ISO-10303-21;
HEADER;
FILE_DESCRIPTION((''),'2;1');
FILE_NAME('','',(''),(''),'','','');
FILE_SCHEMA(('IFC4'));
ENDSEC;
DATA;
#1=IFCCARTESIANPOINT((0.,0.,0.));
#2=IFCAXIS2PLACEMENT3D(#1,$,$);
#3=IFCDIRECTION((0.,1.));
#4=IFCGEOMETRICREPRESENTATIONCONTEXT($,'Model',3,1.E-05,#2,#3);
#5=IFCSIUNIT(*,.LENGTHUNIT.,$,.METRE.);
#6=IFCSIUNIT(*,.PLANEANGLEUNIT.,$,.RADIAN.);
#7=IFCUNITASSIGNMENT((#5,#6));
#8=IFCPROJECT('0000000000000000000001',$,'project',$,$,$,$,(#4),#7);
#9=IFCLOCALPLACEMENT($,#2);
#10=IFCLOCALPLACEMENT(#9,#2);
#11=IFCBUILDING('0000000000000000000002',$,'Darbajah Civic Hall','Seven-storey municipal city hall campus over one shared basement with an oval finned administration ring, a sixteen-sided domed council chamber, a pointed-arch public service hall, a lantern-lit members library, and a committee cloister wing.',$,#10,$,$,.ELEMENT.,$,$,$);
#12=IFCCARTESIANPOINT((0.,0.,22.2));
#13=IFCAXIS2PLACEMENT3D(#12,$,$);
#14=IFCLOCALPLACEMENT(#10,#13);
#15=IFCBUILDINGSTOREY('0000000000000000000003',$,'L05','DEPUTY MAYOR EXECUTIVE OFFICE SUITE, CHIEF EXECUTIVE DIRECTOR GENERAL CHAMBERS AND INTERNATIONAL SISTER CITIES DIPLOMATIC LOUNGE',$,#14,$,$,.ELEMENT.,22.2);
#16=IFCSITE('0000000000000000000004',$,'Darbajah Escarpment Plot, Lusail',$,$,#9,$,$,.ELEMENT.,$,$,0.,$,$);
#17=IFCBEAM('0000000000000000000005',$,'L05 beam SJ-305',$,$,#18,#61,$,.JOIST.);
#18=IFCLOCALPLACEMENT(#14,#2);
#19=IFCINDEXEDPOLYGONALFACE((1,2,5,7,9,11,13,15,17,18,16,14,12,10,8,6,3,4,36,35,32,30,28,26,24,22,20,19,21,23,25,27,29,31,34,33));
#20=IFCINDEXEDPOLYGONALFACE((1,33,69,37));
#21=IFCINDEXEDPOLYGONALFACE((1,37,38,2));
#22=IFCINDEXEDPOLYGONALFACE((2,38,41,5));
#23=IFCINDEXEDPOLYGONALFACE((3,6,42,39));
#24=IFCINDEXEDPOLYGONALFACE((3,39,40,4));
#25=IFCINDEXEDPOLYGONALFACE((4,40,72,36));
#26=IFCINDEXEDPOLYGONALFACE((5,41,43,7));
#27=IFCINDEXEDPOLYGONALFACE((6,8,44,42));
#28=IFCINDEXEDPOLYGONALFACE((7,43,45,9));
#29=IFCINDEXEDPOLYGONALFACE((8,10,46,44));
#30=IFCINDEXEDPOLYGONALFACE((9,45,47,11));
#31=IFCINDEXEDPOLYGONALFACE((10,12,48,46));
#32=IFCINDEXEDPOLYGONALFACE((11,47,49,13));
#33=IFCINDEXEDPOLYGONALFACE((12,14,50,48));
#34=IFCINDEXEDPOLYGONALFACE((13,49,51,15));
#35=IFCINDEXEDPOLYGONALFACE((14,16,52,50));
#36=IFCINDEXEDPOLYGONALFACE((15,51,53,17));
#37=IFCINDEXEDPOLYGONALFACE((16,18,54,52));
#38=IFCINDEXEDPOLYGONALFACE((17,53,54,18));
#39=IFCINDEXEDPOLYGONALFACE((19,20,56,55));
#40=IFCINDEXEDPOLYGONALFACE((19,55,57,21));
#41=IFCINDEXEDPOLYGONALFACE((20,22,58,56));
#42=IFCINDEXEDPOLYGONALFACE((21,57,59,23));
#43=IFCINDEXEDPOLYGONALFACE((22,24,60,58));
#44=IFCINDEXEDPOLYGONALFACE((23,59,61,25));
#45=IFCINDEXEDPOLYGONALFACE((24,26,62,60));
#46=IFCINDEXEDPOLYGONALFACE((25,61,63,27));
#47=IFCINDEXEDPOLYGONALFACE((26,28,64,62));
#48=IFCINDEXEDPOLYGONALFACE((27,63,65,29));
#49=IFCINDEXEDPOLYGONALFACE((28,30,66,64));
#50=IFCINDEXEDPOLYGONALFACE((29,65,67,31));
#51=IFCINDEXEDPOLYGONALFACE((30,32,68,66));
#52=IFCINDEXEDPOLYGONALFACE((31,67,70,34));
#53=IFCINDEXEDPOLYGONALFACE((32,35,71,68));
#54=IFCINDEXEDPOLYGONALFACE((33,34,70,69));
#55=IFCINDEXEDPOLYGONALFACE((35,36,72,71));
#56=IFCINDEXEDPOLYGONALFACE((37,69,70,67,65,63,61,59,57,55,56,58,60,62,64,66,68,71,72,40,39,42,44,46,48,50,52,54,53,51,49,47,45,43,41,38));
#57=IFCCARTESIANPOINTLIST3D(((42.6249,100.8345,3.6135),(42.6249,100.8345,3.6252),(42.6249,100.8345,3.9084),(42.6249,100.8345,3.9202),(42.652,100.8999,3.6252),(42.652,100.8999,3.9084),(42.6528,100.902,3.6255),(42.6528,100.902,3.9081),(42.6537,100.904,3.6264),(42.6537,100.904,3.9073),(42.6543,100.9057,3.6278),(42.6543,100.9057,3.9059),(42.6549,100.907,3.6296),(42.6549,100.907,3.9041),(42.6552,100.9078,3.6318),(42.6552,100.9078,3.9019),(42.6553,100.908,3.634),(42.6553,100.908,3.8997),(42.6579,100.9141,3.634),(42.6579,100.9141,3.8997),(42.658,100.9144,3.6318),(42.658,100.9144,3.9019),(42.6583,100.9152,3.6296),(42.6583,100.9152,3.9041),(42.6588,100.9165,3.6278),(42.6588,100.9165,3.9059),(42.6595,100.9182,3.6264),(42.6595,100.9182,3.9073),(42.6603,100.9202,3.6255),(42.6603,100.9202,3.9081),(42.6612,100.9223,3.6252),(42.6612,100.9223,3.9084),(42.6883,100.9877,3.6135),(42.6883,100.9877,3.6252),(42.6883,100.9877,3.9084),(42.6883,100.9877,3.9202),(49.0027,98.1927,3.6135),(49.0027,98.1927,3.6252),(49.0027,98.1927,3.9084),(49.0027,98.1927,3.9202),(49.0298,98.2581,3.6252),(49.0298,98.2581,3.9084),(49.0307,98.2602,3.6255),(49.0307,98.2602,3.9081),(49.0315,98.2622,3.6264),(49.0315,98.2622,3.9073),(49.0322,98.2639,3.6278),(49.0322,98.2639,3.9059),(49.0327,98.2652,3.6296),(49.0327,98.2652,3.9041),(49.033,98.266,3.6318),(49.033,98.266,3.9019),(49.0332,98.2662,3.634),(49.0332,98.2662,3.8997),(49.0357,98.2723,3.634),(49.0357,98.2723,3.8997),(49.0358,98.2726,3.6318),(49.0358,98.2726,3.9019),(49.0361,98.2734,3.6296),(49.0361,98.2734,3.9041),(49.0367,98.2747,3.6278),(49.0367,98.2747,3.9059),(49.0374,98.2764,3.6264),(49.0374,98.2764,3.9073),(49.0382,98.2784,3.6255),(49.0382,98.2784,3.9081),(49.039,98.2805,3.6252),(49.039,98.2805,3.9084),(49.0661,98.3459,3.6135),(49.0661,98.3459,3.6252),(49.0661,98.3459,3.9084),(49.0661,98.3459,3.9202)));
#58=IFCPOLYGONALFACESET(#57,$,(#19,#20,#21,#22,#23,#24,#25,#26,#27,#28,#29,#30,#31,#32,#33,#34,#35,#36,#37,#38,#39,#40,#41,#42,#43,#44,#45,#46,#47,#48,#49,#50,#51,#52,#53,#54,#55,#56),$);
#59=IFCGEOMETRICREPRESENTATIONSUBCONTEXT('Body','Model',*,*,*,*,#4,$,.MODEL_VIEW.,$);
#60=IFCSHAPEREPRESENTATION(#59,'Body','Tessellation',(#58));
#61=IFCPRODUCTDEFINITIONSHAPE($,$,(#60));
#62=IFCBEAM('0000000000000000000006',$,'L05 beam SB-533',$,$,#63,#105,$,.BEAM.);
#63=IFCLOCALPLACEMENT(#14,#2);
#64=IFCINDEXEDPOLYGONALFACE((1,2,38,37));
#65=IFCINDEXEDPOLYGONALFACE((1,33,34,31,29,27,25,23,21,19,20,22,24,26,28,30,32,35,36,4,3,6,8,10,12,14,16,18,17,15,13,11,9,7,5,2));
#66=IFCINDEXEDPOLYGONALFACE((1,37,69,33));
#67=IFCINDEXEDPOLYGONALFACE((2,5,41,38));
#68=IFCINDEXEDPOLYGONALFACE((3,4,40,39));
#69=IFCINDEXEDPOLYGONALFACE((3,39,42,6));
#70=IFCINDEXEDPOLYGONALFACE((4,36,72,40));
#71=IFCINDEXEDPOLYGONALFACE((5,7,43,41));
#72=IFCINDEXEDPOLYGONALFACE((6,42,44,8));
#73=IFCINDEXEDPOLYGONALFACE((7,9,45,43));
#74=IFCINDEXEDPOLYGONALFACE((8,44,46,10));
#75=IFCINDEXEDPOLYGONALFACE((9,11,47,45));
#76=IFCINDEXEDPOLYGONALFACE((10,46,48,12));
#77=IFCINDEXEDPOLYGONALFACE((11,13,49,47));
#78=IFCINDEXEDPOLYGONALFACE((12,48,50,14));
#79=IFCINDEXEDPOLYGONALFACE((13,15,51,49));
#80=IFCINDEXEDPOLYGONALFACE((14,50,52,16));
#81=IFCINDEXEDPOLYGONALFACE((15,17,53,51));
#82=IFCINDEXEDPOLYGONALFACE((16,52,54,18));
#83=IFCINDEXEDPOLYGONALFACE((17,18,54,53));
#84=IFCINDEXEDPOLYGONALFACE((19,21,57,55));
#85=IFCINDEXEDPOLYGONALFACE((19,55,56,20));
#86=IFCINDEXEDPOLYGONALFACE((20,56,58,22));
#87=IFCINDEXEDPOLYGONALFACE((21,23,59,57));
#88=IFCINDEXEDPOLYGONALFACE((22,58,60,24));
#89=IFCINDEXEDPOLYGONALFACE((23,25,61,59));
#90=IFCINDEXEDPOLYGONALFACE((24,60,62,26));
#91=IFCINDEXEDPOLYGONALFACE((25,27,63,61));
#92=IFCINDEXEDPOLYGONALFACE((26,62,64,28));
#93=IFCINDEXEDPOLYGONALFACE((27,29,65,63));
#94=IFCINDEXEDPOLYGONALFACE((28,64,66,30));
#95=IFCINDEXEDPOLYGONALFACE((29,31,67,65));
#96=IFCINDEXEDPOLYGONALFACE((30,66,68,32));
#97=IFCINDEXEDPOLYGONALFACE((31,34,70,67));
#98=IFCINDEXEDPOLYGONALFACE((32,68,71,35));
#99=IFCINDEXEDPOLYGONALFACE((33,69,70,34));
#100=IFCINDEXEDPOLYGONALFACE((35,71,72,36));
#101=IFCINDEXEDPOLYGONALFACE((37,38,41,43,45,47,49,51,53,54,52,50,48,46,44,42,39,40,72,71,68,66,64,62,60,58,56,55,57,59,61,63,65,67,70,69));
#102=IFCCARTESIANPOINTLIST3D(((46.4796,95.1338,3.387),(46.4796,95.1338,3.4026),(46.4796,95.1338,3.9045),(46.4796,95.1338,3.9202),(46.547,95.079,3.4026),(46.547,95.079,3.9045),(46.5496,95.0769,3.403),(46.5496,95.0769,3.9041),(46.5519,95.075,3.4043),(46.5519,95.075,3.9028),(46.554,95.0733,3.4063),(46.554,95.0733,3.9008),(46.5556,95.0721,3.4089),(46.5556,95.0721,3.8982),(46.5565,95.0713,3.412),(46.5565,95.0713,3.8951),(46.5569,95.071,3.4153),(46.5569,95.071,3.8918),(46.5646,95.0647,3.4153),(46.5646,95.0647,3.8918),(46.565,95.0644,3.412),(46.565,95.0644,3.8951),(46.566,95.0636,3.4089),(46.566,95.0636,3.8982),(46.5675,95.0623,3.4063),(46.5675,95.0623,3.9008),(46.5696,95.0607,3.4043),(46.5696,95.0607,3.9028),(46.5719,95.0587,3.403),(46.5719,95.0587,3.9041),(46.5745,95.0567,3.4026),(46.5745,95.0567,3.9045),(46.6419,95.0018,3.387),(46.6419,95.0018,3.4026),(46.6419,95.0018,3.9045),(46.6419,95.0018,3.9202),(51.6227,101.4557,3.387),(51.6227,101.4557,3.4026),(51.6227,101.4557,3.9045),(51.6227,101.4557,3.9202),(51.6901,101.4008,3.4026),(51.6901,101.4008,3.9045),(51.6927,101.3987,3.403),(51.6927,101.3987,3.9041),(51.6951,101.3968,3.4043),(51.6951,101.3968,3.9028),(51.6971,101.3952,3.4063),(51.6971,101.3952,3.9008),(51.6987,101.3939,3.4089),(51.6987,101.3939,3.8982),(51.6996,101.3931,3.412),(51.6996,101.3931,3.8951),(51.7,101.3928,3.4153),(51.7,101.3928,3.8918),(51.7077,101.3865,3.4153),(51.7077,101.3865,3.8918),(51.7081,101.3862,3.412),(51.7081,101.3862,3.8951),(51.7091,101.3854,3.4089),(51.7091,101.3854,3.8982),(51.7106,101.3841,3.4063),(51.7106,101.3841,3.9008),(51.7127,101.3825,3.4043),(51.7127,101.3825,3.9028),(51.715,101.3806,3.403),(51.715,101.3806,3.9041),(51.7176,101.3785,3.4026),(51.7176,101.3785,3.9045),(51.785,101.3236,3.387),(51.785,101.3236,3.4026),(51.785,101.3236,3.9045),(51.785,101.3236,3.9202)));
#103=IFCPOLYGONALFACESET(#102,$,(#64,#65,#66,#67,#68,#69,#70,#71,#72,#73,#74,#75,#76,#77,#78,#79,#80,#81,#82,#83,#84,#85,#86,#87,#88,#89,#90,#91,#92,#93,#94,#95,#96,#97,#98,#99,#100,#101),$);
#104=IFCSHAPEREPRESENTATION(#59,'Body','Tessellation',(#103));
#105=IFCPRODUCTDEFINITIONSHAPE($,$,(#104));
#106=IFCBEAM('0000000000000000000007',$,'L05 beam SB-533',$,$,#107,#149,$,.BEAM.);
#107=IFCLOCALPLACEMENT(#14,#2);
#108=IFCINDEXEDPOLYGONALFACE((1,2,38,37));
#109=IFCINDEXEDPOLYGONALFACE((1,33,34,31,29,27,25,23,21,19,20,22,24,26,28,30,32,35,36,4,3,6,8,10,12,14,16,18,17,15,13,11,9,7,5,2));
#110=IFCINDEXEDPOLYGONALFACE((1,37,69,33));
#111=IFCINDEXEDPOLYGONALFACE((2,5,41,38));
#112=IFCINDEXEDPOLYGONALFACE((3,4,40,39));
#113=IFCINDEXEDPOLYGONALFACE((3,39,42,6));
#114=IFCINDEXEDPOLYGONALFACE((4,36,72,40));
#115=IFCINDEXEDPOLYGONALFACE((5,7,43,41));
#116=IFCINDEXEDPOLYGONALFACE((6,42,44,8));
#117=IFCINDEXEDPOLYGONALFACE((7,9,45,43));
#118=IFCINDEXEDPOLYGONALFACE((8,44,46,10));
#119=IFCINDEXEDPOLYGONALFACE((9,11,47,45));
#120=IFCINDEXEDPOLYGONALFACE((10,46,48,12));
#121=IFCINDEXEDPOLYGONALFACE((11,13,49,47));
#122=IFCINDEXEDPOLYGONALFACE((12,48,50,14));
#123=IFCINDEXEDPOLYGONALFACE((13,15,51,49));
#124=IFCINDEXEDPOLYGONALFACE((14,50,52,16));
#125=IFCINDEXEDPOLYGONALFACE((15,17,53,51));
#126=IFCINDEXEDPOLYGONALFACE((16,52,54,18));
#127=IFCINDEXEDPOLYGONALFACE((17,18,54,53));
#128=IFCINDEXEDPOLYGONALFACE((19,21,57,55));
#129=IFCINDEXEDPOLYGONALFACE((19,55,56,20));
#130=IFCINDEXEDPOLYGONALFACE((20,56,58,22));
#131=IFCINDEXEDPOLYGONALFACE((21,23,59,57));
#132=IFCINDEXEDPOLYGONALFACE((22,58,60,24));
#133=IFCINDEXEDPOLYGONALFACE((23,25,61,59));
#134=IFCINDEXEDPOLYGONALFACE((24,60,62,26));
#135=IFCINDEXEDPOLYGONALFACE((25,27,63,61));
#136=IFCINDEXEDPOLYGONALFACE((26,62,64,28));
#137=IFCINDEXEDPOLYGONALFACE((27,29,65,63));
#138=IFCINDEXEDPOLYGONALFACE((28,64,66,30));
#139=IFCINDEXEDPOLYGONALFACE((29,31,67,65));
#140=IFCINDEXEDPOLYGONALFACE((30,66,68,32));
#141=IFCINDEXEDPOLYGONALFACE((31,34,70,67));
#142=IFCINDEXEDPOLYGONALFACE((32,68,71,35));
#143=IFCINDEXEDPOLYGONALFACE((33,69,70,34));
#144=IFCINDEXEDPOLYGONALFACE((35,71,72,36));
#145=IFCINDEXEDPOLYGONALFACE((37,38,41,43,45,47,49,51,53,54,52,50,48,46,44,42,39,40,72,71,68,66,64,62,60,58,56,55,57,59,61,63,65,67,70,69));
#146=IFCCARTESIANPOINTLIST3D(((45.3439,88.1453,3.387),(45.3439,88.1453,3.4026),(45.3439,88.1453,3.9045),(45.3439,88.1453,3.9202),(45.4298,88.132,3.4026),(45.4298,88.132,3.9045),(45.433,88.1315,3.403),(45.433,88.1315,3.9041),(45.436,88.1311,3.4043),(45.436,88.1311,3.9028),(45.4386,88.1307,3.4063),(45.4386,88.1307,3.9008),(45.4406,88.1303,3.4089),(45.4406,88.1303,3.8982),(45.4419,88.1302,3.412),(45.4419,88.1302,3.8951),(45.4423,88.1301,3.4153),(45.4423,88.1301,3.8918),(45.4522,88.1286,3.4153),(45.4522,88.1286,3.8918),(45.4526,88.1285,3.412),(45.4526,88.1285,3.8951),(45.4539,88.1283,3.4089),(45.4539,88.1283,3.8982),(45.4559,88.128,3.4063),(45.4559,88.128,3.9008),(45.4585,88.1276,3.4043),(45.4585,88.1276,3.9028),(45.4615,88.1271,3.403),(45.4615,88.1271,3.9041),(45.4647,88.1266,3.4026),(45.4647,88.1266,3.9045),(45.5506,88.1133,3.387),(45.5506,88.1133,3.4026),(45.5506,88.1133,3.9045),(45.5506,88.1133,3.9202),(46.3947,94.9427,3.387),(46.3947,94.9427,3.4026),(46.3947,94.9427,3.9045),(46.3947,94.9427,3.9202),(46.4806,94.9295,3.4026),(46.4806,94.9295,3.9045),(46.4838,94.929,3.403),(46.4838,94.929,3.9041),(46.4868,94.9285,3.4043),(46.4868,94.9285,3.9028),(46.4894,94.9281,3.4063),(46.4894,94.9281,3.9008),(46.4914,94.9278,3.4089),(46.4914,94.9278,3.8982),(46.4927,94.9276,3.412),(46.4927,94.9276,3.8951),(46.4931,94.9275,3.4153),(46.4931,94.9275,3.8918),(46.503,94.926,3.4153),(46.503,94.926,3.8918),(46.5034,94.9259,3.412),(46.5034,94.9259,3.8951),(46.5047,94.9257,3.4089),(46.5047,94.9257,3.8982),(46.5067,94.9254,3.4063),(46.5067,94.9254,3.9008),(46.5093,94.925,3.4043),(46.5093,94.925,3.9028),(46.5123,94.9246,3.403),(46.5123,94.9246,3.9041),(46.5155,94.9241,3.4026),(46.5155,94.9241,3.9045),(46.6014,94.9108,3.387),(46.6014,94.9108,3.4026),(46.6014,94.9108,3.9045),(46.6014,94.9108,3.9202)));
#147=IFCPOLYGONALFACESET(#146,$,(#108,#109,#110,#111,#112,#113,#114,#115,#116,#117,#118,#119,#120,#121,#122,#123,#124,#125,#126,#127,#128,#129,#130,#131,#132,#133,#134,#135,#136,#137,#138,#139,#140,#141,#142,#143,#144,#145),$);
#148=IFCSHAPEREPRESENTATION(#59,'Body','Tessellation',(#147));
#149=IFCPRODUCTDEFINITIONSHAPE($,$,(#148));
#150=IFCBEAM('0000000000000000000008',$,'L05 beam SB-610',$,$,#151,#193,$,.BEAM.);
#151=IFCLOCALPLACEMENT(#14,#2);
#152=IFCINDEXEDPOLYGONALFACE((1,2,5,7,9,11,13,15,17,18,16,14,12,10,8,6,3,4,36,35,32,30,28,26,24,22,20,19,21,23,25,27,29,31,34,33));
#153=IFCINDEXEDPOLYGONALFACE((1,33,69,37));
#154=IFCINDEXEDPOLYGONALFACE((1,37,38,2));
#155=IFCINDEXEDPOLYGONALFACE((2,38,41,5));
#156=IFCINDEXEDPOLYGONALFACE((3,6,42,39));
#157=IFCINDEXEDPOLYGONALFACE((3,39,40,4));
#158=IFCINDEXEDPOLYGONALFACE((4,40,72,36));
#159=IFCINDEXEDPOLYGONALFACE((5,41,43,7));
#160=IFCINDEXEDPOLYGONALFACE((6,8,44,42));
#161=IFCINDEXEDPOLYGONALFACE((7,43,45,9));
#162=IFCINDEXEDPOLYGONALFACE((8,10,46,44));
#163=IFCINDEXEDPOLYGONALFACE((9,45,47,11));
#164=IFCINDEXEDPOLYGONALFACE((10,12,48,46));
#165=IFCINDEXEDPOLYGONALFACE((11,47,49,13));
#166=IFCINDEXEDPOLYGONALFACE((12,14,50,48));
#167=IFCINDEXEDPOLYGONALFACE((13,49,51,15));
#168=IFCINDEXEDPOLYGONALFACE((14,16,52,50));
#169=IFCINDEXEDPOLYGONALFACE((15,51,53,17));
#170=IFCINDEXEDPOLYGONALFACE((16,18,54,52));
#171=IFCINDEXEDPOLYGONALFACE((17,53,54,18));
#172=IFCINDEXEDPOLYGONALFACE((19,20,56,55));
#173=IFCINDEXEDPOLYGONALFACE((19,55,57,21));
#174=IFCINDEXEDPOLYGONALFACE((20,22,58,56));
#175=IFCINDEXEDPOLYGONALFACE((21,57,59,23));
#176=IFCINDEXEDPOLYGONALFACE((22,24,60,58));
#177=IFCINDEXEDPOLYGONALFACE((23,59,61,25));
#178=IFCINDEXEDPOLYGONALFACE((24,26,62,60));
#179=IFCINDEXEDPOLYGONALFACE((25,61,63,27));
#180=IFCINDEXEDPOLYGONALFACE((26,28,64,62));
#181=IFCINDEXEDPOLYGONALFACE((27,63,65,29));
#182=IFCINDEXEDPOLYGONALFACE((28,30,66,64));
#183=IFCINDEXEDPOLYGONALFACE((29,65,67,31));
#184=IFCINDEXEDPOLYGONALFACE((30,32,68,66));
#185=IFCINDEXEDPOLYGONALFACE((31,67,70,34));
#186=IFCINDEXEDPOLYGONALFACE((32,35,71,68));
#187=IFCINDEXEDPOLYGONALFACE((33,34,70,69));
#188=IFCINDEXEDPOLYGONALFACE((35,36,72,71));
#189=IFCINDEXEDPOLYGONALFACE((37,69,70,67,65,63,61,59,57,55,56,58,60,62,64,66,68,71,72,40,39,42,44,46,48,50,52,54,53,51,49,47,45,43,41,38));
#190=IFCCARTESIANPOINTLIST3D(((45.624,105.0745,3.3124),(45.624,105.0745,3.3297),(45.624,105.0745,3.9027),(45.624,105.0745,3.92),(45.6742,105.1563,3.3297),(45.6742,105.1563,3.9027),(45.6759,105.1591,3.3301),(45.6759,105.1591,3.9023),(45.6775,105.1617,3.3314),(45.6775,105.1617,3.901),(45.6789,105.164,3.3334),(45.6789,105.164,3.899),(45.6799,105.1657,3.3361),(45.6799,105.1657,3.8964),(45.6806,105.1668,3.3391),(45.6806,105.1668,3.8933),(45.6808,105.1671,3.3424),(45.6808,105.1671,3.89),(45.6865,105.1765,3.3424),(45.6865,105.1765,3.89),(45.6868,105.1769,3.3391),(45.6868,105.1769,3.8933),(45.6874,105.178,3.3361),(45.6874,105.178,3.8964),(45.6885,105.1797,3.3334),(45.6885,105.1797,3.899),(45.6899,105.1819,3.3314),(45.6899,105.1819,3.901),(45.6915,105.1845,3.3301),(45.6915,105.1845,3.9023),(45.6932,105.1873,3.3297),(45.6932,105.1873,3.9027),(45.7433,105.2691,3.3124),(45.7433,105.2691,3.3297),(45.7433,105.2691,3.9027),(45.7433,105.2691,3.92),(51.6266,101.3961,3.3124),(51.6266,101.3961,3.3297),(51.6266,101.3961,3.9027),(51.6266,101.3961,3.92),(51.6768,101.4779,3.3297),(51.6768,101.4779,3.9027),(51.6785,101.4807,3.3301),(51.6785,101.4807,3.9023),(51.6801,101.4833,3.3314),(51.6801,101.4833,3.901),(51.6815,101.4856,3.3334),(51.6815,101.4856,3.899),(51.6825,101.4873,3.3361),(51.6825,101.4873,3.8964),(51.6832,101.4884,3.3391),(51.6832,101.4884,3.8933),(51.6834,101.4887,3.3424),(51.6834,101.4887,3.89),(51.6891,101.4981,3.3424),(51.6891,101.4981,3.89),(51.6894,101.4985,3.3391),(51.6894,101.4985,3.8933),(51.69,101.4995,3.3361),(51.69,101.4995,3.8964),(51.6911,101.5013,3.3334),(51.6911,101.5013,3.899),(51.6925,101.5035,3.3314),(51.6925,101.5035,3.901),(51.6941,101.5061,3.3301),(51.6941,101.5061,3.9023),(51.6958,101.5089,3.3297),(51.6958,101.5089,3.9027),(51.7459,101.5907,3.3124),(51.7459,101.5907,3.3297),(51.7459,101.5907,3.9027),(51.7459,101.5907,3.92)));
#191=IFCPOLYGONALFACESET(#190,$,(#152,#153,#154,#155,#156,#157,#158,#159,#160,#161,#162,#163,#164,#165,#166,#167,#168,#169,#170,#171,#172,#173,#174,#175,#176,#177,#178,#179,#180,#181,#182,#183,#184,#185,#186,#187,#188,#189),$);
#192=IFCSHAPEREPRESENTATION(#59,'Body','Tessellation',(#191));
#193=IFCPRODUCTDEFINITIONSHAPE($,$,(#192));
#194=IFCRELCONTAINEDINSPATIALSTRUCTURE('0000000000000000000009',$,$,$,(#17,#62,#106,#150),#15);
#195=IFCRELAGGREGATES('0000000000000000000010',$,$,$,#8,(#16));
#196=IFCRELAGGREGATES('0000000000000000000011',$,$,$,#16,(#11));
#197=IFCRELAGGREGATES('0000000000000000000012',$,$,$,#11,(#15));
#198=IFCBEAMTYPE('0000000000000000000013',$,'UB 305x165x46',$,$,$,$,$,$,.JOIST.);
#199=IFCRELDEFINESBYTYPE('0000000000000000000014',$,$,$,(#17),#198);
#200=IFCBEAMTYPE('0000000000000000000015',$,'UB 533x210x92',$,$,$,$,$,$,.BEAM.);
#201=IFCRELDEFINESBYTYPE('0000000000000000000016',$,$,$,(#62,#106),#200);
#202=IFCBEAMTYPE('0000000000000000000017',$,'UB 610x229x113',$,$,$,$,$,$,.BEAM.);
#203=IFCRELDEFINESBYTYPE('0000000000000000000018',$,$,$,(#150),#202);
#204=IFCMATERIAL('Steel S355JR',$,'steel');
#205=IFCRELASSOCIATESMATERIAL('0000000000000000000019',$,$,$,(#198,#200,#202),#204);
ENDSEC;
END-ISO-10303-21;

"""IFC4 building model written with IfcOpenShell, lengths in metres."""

from ifc_helpers import new_model, si_unit, direction, frame, origin, origin_2d, place, context, subcontext, project, spatial, i_section, extrude, material, material_profile, profile_set, type_object, element, save


model = new_model("IFC4")

# Units and contexts
model_context = context("Model", 3, precision=1e-05, world=origin(), true_north=direction((0.0, 1.0)))
body_context = subcontext(model_context, "Body", "Model", "MODEL_VIEW")
ifc_project = project(units=[si_unit("LENGTHUNIT", "METRE"), si_unit("PLANEANGLEUNIT", "RADIAN")], contexts=[model_context])

# Site, building, storey
site_placement = place(None, origin())
site = spatial("IfcSite", under=ifc_project, at=site_placement, Name="Darbajah Escarpment Plot, Lusail", CompositionType="ELEMENT", RefElevation=0.0)
building_placement = place(site_placement, origin())
building = spatial("IfcBuilding", under=site, at=building_placement, Name="Darbajah Civic Hall", Description="Seven-storey municipal city hall campus over one shared basement with an oval finned administration ring, a sixteen-sided domed council chamber, a pointed-arch public service hall, a lantern-lit members library, and a committee cloister wing.", CompositionType="ELEMENT")
storey_placement = place(building_placement, frame((0.0, 0.0, 22.2)))
storey = spatial("IfcBuildingStorey", under=building, at=storey_placement, Name="L05", Description="DEPUTY MAYOR EXECUTIVE OFFICE SUITE, CHIEF EXECUTIVE DIRECTOR GENERAL CHAMBERS AND INTERNATIONAL SISTER CITIES DIPLOMATIC LOUNGE", CompositionType="ELEMENT", Elevation=22.2)

# Beams
ifc_material_1 = material(Name="Steel S355JR", Category="steel")
ifc_material_profile_1 = material_profile(ifc_material_1, i_section(OverallWidth=0.1658, OverallDepth=0.3066, WebThickness=0.0066, FlangeThickness=0.0117, FilletRadius=0.0088, at=origin_2d()), Name="UB 305x165x46")
ifc_profile_set_1 = profile_set([ifc_material_profile_1], Name="Steel S355JR")
beam_type_1 = type_object("IfcBeamType", Name="UB 305x165x46", PredefinedType="JOIST", material=ifc_profile_set_1)
beam_1_placement = place(storey_placement, frame((49.0344, 98.2693, 3.7668), z_axis=(-0.923878, 0.382686, 0.0), x_axis=(-0.382686, -0.923878, 0.0)))
element("IfcBeam", 1, at=beam_1_placement, inside=storey, type_object=beam_type_1, Name="L05 beam SJ-305", PredefinedType="JOIST", context=body_context, shape_type="SweptSolid", body=[
    extrude(i_section(OverallWidth=0.1658, OverallDepth=0.3066, WebThickness=0.0066, FlangeThickness=0.0117, FilletRadius=0.0088, at=origin_2d()), origin(), (0.0, 0.0, 1.0), 6.9033),
])
ifc_material_profile_2 = material_profile(ifc_material_1, i_section(OverallWidth=0.2092, OverallDepth=0.5332, WebThickness=0.01, FlangeThickness=0.0156, FilletRadius=0.0127, at=origin_2d()), Name="UB 533x210x92")
ifc_profile_set_2 = profile_set([ifc_material_profile_2], Name="Steel S355JR")
beam_type_2 = type_object("IfcBeamType", Name="UB 533x210x92", PredefinedType="BEAM", material=ifc_profile_set_2)
beam_2_placement = place(storey_placement, frame((51.7039, 101.3896, 3.6536), z_axis=(-0.631082, -0.775716, 0.0), x_axis=(0.775716, -0.631082, 0.0)))
element("IfcBeam", 2, at=beam_2_placement, inside=storey, type_object=beam_type_2, Name="L05 beam SB-533", PredefinedType="BEAM", context=body_context, shape_type="SweptSolid", body=[
    extrude(i_section(OverallWidth=0.2092, OverallDepth=0.5332, WebThickness=0.01, FlangeThickness=0.0156, FilletRadius=0.0127, at=origin_2d()), origin(), (0.0, 0.0, 1.0), 8.1497),
])
beam_3_placement = place(storey_placement, frame((46.498, 94.9268, 3.6536), z_axis=(-0.152772, -0.988261, 0.0), x_axis=(0.988261, -0.152772, 0.0)))
element("IfcBeam", 3, at=beam_3_placement, inside=storey, type_object=beam_type_2, Name="L05 beam SB-533", PredefinedType="BEAM", context=body_context, shape_type="SweptSolid", body=[
    extrude(i_section(OverallWidth=0.2092, OverallDepth=0.5332, WebThickness=0.01, FlangeThickness=0.0156, FilletRadius=0.0127, at=origin_2d()), origin(), (0.0, 0.0, 1.0), 6.8782),
])
ifc_material_profile_3 = material_profile(ifc_material_1, i_section(OverallWidth=0.2283, OverallDepth=0.6077, WebThickness=0.011, FlangeThickness=0.0173, FilletRadius=0.0127, at=origin_2d()), Name="UB 610x229x113")
ifc_profile_set_3 = profile_set([ifc_material_profile_3], Name="Steel S355JR")
beam_type_3 = type_object("IfcBeamType", Name="UB 610x229x113", PredefinedType="BEAM", material=ifc_profile_set_3)
for number, where, z_axis, x_axis, name in (
    (4, (51.6863, 101.4934, 3.6162), (-0.852639, 0.5225, 0.0), (-0.5225, -0.852639, 0.0), "L05 beam SB-610"),
):
    element("IfcBeam", number, at=place(storey_placement, frame(where, z_axis=z_axis, x_axis=x_axis)), inside=storey, type_object=beam_type_3, Name=name, PredefinedType="BEAM", context=body_context, shape_type="SweptSolid", body=[
        extrude(i_section(OverallWidth=0.2283, OverallDepth=0.6077, WebThickness=0.011, FlangeThickness=0.0173, FilletRadius=0.0127, at=origin_2d()), origin(), (0.0, 0.0, 1.0), 7.04),
    ])

save(model, "model.ifc")
